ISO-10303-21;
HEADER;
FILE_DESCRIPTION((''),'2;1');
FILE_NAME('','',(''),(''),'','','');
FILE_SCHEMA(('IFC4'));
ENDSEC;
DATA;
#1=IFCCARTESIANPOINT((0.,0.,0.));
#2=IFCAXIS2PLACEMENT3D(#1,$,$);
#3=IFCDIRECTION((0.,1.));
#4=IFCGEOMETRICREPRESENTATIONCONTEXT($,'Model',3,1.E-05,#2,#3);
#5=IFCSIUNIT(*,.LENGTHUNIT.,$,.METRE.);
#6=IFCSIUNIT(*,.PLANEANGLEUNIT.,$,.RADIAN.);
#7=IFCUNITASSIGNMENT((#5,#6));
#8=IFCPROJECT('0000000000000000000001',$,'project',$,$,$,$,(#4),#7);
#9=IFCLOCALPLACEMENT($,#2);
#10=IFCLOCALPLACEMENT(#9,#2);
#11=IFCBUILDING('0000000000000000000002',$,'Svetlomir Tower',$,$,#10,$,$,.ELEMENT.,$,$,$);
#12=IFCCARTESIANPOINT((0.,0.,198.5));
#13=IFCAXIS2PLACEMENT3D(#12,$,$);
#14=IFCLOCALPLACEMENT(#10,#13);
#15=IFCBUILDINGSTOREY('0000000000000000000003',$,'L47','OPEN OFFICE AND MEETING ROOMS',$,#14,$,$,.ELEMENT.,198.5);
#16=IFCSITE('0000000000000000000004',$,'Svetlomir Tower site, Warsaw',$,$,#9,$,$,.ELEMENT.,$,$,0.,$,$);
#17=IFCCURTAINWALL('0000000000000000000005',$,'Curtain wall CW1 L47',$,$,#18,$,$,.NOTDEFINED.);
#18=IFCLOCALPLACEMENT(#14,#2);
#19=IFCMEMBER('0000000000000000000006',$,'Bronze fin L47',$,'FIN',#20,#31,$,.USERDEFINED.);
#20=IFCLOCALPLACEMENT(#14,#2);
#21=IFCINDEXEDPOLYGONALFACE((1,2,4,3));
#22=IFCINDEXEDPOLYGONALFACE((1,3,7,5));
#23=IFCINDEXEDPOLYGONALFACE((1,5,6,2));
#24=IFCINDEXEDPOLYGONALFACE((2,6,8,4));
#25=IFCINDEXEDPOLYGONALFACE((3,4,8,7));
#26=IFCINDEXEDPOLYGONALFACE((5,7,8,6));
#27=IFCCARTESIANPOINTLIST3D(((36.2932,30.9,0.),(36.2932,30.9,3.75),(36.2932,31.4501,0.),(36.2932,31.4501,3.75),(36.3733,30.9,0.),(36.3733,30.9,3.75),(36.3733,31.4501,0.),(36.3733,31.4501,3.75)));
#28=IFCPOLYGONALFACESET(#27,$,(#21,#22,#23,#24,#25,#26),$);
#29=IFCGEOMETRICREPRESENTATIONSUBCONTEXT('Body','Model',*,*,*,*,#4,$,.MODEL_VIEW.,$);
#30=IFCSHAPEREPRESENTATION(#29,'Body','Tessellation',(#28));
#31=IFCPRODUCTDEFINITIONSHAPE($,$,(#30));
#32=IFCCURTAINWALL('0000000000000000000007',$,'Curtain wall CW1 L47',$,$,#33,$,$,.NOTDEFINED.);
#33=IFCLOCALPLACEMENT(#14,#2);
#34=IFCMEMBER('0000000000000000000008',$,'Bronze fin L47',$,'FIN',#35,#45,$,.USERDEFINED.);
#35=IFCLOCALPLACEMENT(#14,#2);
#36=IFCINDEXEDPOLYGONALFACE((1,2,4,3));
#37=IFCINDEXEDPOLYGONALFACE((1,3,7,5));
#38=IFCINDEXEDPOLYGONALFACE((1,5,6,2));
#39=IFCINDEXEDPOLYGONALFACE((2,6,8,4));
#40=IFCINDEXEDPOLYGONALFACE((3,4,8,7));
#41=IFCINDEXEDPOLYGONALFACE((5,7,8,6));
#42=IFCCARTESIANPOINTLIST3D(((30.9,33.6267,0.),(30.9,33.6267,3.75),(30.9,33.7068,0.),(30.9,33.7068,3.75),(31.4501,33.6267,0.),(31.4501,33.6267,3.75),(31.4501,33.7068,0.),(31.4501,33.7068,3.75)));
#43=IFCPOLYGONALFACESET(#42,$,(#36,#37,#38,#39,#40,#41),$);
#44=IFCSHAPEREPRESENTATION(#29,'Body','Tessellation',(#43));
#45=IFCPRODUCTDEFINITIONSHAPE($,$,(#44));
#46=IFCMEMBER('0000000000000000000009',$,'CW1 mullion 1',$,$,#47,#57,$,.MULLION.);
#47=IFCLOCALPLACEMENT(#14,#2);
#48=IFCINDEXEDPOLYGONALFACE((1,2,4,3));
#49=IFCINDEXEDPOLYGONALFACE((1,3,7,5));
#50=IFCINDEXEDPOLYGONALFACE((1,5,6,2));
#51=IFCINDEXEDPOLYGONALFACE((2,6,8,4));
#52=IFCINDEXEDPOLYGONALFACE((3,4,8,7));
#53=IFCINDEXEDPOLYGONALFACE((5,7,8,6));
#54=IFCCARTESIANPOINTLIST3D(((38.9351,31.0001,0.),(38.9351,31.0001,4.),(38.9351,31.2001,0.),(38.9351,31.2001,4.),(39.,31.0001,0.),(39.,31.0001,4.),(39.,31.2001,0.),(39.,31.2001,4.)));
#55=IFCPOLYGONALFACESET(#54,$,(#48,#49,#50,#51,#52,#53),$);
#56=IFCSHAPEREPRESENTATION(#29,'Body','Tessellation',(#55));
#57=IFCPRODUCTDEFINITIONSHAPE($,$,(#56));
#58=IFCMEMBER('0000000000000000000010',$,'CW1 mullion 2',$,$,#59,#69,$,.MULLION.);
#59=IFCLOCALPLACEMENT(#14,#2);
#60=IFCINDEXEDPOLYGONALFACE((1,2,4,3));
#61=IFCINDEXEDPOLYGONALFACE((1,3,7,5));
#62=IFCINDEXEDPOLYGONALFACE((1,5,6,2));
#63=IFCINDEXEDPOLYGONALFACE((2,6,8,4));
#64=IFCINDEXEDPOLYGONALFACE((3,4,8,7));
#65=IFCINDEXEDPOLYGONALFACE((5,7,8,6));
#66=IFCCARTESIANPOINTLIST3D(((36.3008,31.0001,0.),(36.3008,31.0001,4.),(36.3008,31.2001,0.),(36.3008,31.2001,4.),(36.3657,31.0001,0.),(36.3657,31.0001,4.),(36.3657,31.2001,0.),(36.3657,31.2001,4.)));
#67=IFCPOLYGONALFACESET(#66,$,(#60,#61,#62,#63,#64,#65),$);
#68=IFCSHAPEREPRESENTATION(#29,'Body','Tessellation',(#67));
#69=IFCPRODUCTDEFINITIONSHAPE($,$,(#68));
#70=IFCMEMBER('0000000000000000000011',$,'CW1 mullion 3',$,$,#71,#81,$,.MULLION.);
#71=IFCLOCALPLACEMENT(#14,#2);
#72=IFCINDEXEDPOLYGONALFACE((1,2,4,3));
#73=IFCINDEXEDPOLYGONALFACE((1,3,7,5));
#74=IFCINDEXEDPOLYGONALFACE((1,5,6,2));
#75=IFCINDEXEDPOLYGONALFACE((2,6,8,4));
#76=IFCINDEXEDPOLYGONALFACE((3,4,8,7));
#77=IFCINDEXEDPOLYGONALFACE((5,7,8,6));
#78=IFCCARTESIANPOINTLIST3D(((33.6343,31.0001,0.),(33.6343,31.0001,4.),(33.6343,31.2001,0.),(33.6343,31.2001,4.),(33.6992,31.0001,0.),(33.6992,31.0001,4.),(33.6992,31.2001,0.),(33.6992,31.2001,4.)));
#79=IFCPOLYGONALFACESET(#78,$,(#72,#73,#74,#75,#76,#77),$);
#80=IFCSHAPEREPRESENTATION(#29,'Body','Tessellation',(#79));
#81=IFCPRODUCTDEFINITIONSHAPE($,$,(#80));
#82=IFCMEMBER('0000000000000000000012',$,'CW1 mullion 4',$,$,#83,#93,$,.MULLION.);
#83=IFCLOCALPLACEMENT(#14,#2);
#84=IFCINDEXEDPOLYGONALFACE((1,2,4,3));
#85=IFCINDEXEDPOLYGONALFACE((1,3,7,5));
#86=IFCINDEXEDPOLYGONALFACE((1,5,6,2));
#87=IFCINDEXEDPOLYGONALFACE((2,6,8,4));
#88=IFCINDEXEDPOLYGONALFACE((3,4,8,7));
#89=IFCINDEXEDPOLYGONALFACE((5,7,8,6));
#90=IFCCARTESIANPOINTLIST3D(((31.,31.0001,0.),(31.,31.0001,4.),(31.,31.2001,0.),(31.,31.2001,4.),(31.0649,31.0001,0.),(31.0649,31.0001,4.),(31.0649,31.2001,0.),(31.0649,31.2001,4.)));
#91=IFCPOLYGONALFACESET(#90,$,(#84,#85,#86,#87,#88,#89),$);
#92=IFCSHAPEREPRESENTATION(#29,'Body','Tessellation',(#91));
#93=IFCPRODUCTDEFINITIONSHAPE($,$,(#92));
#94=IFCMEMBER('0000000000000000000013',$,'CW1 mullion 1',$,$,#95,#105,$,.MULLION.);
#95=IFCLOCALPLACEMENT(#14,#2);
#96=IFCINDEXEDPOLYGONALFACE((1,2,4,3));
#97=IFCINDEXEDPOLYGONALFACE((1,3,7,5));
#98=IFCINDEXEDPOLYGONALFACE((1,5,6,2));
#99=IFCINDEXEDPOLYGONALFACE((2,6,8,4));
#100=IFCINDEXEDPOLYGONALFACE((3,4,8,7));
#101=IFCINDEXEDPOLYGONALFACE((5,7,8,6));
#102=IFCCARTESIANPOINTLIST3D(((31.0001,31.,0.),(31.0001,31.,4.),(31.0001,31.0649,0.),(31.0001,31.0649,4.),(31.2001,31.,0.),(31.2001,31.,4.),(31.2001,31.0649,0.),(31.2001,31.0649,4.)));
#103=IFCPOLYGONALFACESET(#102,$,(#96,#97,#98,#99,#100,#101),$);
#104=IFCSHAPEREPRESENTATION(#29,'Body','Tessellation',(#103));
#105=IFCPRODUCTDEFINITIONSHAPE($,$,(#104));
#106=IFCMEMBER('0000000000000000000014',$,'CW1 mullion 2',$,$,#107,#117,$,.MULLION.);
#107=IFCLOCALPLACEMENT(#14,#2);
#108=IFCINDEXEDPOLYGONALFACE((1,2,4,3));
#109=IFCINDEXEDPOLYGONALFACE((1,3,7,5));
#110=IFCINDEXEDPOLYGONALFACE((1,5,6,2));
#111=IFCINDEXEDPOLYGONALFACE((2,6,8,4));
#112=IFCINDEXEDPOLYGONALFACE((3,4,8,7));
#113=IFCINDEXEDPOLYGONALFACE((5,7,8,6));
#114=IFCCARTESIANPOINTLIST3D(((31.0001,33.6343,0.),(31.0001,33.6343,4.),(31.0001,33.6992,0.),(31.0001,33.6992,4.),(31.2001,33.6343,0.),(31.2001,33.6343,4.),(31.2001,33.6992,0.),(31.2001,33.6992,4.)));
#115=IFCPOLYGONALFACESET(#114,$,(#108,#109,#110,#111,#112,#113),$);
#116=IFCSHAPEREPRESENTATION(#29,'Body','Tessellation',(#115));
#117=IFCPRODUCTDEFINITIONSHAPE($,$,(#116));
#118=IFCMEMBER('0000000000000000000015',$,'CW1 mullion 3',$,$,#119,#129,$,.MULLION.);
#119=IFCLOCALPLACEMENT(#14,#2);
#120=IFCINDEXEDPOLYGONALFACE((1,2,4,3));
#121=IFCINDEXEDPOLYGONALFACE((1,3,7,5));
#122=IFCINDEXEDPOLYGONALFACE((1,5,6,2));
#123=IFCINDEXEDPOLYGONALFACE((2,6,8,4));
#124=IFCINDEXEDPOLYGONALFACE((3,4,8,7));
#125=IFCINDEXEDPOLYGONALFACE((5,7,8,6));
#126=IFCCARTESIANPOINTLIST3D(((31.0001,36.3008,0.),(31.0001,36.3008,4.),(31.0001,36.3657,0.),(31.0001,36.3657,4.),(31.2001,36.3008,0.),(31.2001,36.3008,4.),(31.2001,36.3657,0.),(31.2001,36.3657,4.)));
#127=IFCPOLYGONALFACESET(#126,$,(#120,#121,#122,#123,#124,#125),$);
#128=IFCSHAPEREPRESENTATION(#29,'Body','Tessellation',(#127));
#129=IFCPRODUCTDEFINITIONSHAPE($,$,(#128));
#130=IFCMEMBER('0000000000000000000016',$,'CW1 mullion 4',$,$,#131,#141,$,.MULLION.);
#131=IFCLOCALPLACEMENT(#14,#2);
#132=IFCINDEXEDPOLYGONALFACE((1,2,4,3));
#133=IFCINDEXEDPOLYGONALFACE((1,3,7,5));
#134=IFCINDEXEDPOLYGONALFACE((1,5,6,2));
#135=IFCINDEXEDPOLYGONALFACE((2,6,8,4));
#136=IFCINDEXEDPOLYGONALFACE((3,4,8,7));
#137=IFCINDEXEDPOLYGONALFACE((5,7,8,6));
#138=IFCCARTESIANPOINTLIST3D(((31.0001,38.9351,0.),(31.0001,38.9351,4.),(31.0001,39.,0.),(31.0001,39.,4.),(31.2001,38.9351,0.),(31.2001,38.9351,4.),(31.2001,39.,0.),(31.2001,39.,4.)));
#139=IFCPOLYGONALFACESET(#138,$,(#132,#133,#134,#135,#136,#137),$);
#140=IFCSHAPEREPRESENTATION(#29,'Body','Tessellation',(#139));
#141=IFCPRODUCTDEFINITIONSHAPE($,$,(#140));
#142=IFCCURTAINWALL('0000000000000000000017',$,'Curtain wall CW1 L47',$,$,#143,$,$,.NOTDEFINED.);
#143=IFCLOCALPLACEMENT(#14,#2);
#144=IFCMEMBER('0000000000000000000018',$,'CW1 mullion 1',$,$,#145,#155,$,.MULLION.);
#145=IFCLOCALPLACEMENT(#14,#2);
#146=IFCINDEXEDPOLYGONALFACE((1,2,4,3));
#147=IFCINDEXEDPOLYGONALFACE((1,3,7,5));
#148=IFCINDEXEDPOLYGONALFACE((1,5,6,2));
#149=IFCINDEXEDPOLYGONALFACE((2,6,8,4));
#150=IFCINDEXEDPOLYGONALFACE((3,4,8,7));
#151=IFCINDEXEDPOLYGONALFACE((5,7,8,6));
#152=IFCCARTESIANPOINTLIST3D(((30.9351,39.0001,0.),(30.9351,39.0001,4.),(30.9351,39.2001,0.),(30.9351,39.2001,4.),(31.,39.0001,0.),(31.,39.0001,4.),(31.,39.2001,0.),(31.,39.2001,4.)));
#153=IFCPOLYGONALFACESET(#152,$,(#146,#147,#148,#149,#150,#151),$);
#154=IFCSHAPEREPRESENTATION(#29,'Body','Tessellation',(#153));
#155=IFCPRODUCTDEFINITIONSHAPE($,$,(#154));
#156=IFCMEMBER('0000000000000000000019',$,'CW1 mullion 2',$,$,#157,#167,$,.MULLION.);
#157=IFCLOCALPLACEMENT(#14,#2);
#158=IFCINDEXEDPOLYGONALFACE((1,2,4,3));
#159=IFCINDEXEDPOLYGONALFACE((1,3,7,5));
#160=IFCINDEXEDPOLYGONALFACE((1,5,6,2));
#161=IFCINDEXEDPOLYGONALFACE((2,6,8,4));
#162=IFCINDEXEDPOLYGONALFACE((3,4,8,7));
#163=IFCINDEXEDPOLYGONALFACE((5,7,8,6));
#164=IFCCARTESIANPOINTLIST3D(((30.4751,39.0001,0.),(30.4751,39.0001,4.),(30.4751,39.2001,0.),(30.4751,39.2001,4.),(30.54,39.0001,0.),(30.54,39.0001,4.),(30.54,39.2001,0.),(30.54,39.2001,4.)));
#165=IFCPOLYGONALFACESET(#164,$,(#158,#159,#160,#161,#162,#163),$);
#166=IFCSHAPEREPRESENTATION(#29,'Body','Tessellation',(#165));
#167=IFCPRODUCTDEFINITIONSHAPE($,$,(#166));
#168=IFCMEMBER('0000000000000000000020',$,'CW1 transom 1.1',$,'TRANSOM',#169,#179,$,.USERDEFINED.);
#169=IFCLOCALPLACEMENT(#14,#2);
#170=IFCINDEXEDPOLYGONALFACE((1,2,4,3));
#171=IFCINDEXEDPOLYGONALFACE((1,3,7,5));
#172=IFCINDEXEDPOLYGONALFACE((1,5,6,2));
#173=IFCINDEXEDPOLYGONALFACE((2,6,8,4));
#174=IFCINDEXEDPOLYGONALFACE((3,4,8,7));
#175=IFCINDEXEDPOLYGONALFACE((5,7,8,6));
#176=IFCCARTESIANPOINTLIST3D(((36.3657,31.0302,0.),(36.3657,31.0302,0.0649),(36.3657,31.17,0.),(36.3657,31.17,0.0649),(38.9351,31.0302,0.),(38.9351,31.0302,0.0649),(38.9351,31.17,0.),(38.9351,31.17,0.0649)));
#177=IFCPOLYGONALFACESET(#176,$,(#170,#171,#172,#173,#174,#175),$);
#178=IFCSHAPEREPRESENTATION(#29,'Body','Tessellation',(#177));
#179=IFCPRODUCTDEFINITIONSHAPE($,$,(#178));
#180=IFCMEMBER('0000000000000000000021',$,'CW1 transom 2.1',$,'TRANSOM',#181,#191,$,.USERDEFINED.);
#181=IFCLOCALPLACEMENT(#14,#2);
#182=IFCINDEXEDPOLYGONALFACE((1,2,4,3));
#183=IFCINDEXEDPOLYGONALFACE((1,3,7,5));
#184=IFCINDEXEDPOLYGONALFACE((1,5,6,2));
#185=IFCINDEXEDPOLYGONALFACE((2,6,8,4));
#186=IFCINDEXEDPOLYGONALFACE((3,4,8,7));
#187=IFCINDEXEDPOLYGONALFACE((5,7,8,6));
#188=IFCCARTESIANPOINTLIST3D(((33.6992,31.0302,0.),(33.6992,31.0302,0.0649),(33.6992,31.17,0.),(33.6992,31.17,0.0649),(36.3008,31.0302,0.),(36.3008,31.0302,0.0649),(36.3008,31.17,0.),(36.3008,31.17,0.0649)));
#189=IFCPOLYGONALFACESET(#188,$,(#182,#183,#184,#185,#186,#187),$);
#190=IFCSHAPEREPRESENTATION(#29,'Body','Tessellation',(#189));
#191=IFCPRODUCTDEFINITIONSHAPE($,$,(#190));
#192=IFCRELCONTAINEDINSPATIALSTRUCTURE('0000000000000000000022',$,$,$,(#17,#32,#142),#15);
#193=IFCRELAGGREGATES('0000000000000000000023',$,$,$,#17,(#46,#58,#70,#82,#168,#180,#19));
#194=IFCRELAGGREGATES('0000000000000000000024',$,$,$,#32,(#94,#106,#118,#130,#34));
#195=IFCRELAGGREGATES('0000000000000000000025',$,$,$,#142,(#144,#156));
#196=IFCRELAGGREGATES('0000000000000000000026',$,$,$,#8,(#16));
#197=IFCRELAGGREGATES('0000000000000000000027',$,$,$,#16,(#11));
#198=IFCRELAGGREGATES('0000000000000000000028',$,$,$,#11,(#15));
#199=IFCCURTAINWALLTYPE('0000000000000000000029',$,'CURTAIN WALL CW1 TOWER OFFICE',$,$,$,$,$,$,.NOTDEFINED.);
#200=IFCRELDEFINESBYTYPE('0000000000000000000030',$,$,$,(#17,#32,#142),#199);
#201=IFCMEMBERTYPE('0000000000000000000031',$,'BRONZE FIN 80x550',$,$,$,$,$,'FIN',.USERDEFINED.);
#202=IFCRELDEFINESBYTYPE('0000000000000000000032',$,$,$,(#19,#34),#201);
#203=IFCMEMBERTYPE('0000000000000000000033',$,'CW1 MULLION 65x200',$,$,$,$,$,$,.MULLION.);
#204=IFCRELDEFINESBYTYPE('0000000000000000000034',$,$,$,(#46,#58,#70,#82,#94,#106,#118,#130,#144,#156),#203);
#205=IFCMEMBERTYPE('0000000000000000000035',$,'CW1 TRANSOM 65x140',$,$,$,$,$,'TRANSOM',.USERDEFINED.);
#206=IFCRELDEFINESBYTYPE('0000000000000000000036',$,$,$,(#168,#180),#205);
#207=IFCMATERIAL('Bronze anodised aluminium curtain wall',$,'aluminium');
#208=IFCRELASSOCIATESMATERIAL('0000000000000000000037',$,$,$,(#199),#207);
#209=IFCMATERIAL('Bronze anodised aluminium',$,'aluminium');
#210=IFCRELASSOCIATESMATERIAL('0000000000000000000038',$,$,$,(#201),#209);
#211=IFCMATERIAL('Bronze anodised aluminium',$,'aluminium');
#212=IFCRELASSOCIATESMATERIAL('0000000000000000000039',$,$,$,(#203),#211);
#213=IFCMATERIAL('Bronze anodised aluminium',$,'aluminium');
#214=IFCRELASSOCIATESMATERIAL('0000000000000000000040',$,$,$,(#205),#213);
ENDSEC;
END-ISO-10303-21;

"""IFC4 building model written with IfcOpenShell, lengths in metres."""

from ifc_helpers import new_model, si_unit, direction, frame, origin, origin_2d, place, context, subcontext, project, spatial, rectangle, extrude, material, material_profile, profile_set, type_object, element, aggregate, save


model = new_model("IFC4")

# Units and contexts
model_context = context("Model", 3, precision=1e-05, world=origin(), true_north=direction((0.0, 1.0)))
body_context = subcontext(model_context, "Body", "Model", "MODEL_VIEW")
ifc_project = project(units=[si_unit("LENGTHUNIT", "METRE"), si_unit("PLANEANGLEUNIT", "RADIAN")], contexts=[model_context])

# Site, building, storey
site_placement = place(None, origin())
site = spatial("IfcSite", under=ifc_project, at=site_placement, Name="Svetlomir Tower site, Warsaw", CompositionType="ELEMENT", RefElevation=0.0)
building_placement = place(site_placement, origin())
building = spatial("IfcBuilding", under=site, at=building_placement, Name="Svetlomir Tower", CompositionType="ELEMENT")
storey_placement = place(building_placement, frame((0.0, 0.0, 198.5)))
storey = spatial("IfcBuildingStorey", under=building, at=storey_placement, Name="L47", Description="OPEN OFFICE AND MEETING ROOMS", CompositionType="ELEMENT", Elevation=198.5)

# Curtain walls, members
ifc_material_1 = material(Name="Bronze anodised aluminium curtain wall", Category="aluminium")
curtain_wall_type = type_object("IfcCurtainWallType", Name="CURTAIN WALL CW1 TOWER OFFICE", PredefinedType="NOTDEFINED", material=ifc_material_1)
curtain_wall_1_placement = place(storey_placement, origin())
curtain_wall_1 = element("IfcCurtainWall", 1, at=curtain_wall_1_placement, inside=storey, type_object=curtain_wall_type, Name="Curtain wall CW1 L47", PredefinedType="NOTDEFINED")
ifc_material_2 = material(Name="Bronze anodised aluminium", Category="aluminium")
ifc_material_profile_1 = material_profile(ifc_material_2, rectangle(XDim=0.0801, YDim=0.55, at=origin_2d()), Name="FIN 80x550")
ifc_profile_set_1 = profile_set([ifc_material_profile_1], Name="Bronze anodised aluminium 6063-T6")
member_type_1 = type_object("IfcMemberType", Name="BRONZE FIN 80x550", ElementType="FIN", PredefinedType="USERDEFINED", material=ifc_profile_set_1)
member_1_placement = place(storey_placement, frame((36.3333, 31.175, 0.0), z_axis=(0.0, 0.0, 1.0), x_axis=(1.0, 0.0, 0.0)))
member_1 = element("IfcMember", 2, at=member_1_placement, type_object=member_type_1, Name="Bronze fin L47", ObjectType="FIN", PredefinedType="USERDEFINED", context=body_context, shape_type="SweptSolid", body=[
    extrude(rectangle(XDim=0.0801, YDim=0.55, at=origin_2d()), origin(), (0.0, 0.0, 1.0), 3.75),
])
curtain_wall_2_placement = place(storey_placement, origin())
curtain_wall_2 = element("IfcCurtainWall", 3, at=curtain_wall_2_placement, inside=storey, type_object=curtain_wall_type, Name="Curtain wall CW1 L47", PredefinedType="NOTDEFINED")
member_2_placement = place(storey_placement, frame((31.175, 33.6667, 0.0), z_axis=(0.0, 0.0, 1.0), x_axis=(0.0, 1.0, 0.0)))
member_2 = element("IfcMember", 4, at=member_2_placement, type_object=member_type_1, Name="Bronze fin L47", ObjectType="FIN", PredefinedType="USERDEFINED", context=body_context, shape_type="SweptSolid", body=[
    extrude(rectangle(XDim=0.0801, YDim=0.55, at=origin_2d()), origin(), (0.0, 0.0, 1.0), 3.75),
])

# Members
ifc_material_3 = material(Name="Bronze anodised aluminium", Category="aluminium")
ifc_material_profile_2 = material_profile(ifc_material_3, rectangle(XDim=0.0649, YDim=0.2, at=origin_2d()), Name="AL 65x200")
ifc_profile_set_2 = profile_set([ifc_material_profile_2], Name="Bronze anodised aluminium 6063-T6")
member_type_2 = type_object("IfcMemberType", Name="CW1 MULLION 65x200", PredefinedType="MULLION", material=ifc_profile_set_2)
member_3_placement = place(storey_placement, frame((38.9675, 31.1001, 0.0), z_axis=(0.0, 0.0, 1.0), x_axis=(-1.0, 0.0, 0.0)))
member_3 = element("IfcMember", 5, at=member_3_placement, type_object=member_type_2, Name="CW1 mullion 1", PredefinedType="MULLION", context=body_context, shape_type="SweptSolid", body=[
    extrude(rectangle(XDim=0.0649, YDim=0.2, at=origin_2d()), origin(), (0.0, 0.0, 1.0), 4.0),
])
member_4_placement = place(storey_placement, frame((36.3333, 31.1001, 0.0), z_axis=(0.0, 0.0, 1.0), x_axis=(-1.0, 0.0, 0.0)))
member_4 = element("IfcMember", 6, at=member_4_placement, type_object=member_type_2, Name="CW1 mullion 2", PredefinedType="MULLION", context=body_context, shape_type="SweptSolid", body=[
    extrude(rectangle(XDim=0.0649, YDim=0.2, at=origin_2d()), origin(), (0.0, 0.0, 1.0), 4.0),
])
member_5_placement = place(storey_placement, frame((33.6667, 31.1001, 0.0), z_axis=(0.0, 0.0, 1.0), x_axis=(-1.0, 0.0, 0.0)))
member_5 = element("IfcMember", 7, at=member_5_placement, type_object=member_type_2, Name="CW1 mullion 3", PredefinedType="MULLION", context=body_context, shape_type="SweptSolid", body=[
    extrude(rectangle(XDim=0.0649, YDim=0.2, at=origin_2d()), origin(), (0.0, 0.0, 1.0), 4.0),
])
member_6_placement = place(storey_placement, frame((31.0325, 31.1001, 0.0), z_axis=(0.0, 0.0, 1.0), x_axis=(-1.0, 0.0, 0.0)))
member_6 = element("IfcMember", 8, at=member_6_placement, type_object=member_type_2, Name="CW1 mullion 4", PredefinedType="MULLION", context=body_context, shape_type="SweptSolid", body=[
    extrude(rectangle(XDim=0.0649, YDim=0.2, at=origin_2d()), origin(), (0.0, 0.0, 1.0), 4.0),
])
member_7_placement = place(storey_placement, frame((31.1001, 31.0325, 0.0), z_axis=(0.0, 0.0, 1.0), x_axis=(0.0, 1.0, 0.0)))
member_7 = element("IfcMember", 9, at=member_7_placement, type_object=member_type_2, Name="CW1 mullion 1", PredefinedType="MULLION", context=body_context, shape_type="SweptSolid", body=[
    extrude(rectangle(XDim=0.0649, YDim=0.2, at=origin_2d()), origin(), (0.0, 0.0, 1.0), 4.0),
])
member_8_placement = place(storey_placement, frame((31.1001, 33.6667, 0.0), z_axis=(0.0, 0.0, 1.0), x_axis=(0.0, 1.0, 0.0)))
member_8 = element("IfcMember", 10, at=member_8_placement, type_object=member_type_2, Name="CW1 mullion 2", PredefinedType="MULLION", context=body_context, shape_type="SweptSolid", body=[
    extrude(rectangle(XDim=0.0649, YDim=0.2, at=origin_2d()), origin(), (0.0, 0.0, 1.0), 4.0),
])
member_9_placement = place(storey_placement, frame((31.1001, 36.3333, 0.0), z_axis=(0.0, 0.0, 1.0), x_axis=(0.0, 1.0, 0.0)))
member_9 = element("IfcMember", 11, at=member_9_placement, type_object=member_type_2, Name="CW1 mullion 3", PredefinedType="MULLION", context=body_context, shape_type="SweptSolid", body=[
    extrude(rectangle(XDim=0.0649, YDim=0.2, at=origin_2d()), origin(), (0.0, 0.0, 1.0), 4.0),
])
member_10_placement = place(storey_placement, frame((31.1001, 38.9675, 0.0), z_axis=(0.0, 0.0, 1.0), x_axis=(0.0, 1.0, 0.0)))
member_10 = element("IfcMember", 12, at=member_10_placement, type_object=member_type_2, Name="CW1 mullion 4", PredefinedType="MULLION", context=body_context, shape_type="SweptSolid", body=[
    extrude(rectangle(XDim=0.0649, YDim=0.2, at=origin_2d()), origin(), (0.0, 0.0, 1.0), 4.0),
])

# Curtain wall, members
curtain_wall_3_placement = place(storey_placement, origin())
curtain_wall_3 = element("IfcCurtainWall", 13, at=curtain_wall_3_placement, inside=storey, type_object=curtain_wall_type, Name="Curtain wall CW1 L47", PredefinedType="NOTDEFINED")
member_11_placement = place(storey_placement, frame((30.9675, 39.1001, 0.0), z_axis=(0.0, 0.0, 1.0), x_axis=(-1.0, 0.0, 0.0)))
member_11 = element("IfcMember", 14, at=member_11_placement, type_object=member_type_2, Name="CW1 mullion 1", PredefinedType="MULLION", context=body_context, shape_type="SweptSolid", body=[
    extrude(rectangle(XDim=0.0649, YDim=0.2, at=origin_2d()), origin(), (0.0, 0.0, 1.0), 4.0),
])
member_12_placement = place(storey_placement, frame((30.5076, 39.1001, 0.0), z_axis=(0.0, 0.0, 1.0), x_axis=(-1.0, 0.0, 0.0)))
member_12 = element("IfcMember", 15, at=member_12_placement, type_object=member_type_2, Name="CW1 mullion 2", PredefinedType="MULLION", context=body_context, shape_type="SweptSolid", body=[
    extrude(rectangle(XDim=0.0649, YDim=0.2, at=origin_2d()), origin(), (0.0, 0.0, 1.0), 4.0),
])

# Members
ifc_material_4 = material(Name="Bronze anodised aluminium", Category="aluminium")
ifc_material_profile_3 = material_profile(ifc_material_4, rectangle(XDim=0.1399, YDim=0.0649, at=origin_2d()), Name="AL 140x65")
ifc_profile_set_3 = profile_set([ifc_material_profile_3], Name="Bronze anodised aluminium 6063-T6")
member_type_3 = type_object("IfcMemberType", Name="CW1 TRANSOM 65x140", ElementType="TRANSOM", PredefinedType="USERDEFINED", material=ifc_profile_set_3)
member_13_placement = place(storey_placement, frame((38.9351, 31.1001, 0.0325), z_axis=(-1.0, 0.0, 0.0), x_axis=(0.0, -1.0, 0.0)))
member_13 = element("IfcMember", 16, at=member_13_placement, type_object=member_type_3, Name="CW1 transom 1.1", ObjectType="TRANSOM", PredefinedType="USERDEFINED", context=body_context, shape_type="SweptSolid", body=[
    extrude(rectangle(XDim=0.1399, YDim=0.0649, at=origin_2d()), origin(), (0.0, 0.0, 1.0), 2.5693),
])
member_14_placement = place(storey_placement, frame((36.3008, 31.1001, 0.0325), z_axis=(-1.0, 0.0, 0.0), x_axis=(0.0, -1.0, 0.0)))
member_14 = element("IfcMember", 17, at=member_14_placement, type_object=member_type_3, Name="CW1 transom 2.1", ObjectType="TRANSOM", PredefinedType="USERDEFINED", context=body_context, shape_type="SweptSolid", body=[
    extrude(rectangle(XDim=0.1399, YDim=0.0649, at=origin_2d()), origin(), (0.0, 0.0, 1.0), 2.6016),
])

aggregate(curtain_wall_1, [member_3, member_4, member_5, member_6, member_13, member_14, member_1])
aggregate(curtain_wall_2, [member_7, member_8, member_9, member_10, member_2])
aggregate(curtain_wall_3, [member_11, member_12])

save(model, "model.ifc")
